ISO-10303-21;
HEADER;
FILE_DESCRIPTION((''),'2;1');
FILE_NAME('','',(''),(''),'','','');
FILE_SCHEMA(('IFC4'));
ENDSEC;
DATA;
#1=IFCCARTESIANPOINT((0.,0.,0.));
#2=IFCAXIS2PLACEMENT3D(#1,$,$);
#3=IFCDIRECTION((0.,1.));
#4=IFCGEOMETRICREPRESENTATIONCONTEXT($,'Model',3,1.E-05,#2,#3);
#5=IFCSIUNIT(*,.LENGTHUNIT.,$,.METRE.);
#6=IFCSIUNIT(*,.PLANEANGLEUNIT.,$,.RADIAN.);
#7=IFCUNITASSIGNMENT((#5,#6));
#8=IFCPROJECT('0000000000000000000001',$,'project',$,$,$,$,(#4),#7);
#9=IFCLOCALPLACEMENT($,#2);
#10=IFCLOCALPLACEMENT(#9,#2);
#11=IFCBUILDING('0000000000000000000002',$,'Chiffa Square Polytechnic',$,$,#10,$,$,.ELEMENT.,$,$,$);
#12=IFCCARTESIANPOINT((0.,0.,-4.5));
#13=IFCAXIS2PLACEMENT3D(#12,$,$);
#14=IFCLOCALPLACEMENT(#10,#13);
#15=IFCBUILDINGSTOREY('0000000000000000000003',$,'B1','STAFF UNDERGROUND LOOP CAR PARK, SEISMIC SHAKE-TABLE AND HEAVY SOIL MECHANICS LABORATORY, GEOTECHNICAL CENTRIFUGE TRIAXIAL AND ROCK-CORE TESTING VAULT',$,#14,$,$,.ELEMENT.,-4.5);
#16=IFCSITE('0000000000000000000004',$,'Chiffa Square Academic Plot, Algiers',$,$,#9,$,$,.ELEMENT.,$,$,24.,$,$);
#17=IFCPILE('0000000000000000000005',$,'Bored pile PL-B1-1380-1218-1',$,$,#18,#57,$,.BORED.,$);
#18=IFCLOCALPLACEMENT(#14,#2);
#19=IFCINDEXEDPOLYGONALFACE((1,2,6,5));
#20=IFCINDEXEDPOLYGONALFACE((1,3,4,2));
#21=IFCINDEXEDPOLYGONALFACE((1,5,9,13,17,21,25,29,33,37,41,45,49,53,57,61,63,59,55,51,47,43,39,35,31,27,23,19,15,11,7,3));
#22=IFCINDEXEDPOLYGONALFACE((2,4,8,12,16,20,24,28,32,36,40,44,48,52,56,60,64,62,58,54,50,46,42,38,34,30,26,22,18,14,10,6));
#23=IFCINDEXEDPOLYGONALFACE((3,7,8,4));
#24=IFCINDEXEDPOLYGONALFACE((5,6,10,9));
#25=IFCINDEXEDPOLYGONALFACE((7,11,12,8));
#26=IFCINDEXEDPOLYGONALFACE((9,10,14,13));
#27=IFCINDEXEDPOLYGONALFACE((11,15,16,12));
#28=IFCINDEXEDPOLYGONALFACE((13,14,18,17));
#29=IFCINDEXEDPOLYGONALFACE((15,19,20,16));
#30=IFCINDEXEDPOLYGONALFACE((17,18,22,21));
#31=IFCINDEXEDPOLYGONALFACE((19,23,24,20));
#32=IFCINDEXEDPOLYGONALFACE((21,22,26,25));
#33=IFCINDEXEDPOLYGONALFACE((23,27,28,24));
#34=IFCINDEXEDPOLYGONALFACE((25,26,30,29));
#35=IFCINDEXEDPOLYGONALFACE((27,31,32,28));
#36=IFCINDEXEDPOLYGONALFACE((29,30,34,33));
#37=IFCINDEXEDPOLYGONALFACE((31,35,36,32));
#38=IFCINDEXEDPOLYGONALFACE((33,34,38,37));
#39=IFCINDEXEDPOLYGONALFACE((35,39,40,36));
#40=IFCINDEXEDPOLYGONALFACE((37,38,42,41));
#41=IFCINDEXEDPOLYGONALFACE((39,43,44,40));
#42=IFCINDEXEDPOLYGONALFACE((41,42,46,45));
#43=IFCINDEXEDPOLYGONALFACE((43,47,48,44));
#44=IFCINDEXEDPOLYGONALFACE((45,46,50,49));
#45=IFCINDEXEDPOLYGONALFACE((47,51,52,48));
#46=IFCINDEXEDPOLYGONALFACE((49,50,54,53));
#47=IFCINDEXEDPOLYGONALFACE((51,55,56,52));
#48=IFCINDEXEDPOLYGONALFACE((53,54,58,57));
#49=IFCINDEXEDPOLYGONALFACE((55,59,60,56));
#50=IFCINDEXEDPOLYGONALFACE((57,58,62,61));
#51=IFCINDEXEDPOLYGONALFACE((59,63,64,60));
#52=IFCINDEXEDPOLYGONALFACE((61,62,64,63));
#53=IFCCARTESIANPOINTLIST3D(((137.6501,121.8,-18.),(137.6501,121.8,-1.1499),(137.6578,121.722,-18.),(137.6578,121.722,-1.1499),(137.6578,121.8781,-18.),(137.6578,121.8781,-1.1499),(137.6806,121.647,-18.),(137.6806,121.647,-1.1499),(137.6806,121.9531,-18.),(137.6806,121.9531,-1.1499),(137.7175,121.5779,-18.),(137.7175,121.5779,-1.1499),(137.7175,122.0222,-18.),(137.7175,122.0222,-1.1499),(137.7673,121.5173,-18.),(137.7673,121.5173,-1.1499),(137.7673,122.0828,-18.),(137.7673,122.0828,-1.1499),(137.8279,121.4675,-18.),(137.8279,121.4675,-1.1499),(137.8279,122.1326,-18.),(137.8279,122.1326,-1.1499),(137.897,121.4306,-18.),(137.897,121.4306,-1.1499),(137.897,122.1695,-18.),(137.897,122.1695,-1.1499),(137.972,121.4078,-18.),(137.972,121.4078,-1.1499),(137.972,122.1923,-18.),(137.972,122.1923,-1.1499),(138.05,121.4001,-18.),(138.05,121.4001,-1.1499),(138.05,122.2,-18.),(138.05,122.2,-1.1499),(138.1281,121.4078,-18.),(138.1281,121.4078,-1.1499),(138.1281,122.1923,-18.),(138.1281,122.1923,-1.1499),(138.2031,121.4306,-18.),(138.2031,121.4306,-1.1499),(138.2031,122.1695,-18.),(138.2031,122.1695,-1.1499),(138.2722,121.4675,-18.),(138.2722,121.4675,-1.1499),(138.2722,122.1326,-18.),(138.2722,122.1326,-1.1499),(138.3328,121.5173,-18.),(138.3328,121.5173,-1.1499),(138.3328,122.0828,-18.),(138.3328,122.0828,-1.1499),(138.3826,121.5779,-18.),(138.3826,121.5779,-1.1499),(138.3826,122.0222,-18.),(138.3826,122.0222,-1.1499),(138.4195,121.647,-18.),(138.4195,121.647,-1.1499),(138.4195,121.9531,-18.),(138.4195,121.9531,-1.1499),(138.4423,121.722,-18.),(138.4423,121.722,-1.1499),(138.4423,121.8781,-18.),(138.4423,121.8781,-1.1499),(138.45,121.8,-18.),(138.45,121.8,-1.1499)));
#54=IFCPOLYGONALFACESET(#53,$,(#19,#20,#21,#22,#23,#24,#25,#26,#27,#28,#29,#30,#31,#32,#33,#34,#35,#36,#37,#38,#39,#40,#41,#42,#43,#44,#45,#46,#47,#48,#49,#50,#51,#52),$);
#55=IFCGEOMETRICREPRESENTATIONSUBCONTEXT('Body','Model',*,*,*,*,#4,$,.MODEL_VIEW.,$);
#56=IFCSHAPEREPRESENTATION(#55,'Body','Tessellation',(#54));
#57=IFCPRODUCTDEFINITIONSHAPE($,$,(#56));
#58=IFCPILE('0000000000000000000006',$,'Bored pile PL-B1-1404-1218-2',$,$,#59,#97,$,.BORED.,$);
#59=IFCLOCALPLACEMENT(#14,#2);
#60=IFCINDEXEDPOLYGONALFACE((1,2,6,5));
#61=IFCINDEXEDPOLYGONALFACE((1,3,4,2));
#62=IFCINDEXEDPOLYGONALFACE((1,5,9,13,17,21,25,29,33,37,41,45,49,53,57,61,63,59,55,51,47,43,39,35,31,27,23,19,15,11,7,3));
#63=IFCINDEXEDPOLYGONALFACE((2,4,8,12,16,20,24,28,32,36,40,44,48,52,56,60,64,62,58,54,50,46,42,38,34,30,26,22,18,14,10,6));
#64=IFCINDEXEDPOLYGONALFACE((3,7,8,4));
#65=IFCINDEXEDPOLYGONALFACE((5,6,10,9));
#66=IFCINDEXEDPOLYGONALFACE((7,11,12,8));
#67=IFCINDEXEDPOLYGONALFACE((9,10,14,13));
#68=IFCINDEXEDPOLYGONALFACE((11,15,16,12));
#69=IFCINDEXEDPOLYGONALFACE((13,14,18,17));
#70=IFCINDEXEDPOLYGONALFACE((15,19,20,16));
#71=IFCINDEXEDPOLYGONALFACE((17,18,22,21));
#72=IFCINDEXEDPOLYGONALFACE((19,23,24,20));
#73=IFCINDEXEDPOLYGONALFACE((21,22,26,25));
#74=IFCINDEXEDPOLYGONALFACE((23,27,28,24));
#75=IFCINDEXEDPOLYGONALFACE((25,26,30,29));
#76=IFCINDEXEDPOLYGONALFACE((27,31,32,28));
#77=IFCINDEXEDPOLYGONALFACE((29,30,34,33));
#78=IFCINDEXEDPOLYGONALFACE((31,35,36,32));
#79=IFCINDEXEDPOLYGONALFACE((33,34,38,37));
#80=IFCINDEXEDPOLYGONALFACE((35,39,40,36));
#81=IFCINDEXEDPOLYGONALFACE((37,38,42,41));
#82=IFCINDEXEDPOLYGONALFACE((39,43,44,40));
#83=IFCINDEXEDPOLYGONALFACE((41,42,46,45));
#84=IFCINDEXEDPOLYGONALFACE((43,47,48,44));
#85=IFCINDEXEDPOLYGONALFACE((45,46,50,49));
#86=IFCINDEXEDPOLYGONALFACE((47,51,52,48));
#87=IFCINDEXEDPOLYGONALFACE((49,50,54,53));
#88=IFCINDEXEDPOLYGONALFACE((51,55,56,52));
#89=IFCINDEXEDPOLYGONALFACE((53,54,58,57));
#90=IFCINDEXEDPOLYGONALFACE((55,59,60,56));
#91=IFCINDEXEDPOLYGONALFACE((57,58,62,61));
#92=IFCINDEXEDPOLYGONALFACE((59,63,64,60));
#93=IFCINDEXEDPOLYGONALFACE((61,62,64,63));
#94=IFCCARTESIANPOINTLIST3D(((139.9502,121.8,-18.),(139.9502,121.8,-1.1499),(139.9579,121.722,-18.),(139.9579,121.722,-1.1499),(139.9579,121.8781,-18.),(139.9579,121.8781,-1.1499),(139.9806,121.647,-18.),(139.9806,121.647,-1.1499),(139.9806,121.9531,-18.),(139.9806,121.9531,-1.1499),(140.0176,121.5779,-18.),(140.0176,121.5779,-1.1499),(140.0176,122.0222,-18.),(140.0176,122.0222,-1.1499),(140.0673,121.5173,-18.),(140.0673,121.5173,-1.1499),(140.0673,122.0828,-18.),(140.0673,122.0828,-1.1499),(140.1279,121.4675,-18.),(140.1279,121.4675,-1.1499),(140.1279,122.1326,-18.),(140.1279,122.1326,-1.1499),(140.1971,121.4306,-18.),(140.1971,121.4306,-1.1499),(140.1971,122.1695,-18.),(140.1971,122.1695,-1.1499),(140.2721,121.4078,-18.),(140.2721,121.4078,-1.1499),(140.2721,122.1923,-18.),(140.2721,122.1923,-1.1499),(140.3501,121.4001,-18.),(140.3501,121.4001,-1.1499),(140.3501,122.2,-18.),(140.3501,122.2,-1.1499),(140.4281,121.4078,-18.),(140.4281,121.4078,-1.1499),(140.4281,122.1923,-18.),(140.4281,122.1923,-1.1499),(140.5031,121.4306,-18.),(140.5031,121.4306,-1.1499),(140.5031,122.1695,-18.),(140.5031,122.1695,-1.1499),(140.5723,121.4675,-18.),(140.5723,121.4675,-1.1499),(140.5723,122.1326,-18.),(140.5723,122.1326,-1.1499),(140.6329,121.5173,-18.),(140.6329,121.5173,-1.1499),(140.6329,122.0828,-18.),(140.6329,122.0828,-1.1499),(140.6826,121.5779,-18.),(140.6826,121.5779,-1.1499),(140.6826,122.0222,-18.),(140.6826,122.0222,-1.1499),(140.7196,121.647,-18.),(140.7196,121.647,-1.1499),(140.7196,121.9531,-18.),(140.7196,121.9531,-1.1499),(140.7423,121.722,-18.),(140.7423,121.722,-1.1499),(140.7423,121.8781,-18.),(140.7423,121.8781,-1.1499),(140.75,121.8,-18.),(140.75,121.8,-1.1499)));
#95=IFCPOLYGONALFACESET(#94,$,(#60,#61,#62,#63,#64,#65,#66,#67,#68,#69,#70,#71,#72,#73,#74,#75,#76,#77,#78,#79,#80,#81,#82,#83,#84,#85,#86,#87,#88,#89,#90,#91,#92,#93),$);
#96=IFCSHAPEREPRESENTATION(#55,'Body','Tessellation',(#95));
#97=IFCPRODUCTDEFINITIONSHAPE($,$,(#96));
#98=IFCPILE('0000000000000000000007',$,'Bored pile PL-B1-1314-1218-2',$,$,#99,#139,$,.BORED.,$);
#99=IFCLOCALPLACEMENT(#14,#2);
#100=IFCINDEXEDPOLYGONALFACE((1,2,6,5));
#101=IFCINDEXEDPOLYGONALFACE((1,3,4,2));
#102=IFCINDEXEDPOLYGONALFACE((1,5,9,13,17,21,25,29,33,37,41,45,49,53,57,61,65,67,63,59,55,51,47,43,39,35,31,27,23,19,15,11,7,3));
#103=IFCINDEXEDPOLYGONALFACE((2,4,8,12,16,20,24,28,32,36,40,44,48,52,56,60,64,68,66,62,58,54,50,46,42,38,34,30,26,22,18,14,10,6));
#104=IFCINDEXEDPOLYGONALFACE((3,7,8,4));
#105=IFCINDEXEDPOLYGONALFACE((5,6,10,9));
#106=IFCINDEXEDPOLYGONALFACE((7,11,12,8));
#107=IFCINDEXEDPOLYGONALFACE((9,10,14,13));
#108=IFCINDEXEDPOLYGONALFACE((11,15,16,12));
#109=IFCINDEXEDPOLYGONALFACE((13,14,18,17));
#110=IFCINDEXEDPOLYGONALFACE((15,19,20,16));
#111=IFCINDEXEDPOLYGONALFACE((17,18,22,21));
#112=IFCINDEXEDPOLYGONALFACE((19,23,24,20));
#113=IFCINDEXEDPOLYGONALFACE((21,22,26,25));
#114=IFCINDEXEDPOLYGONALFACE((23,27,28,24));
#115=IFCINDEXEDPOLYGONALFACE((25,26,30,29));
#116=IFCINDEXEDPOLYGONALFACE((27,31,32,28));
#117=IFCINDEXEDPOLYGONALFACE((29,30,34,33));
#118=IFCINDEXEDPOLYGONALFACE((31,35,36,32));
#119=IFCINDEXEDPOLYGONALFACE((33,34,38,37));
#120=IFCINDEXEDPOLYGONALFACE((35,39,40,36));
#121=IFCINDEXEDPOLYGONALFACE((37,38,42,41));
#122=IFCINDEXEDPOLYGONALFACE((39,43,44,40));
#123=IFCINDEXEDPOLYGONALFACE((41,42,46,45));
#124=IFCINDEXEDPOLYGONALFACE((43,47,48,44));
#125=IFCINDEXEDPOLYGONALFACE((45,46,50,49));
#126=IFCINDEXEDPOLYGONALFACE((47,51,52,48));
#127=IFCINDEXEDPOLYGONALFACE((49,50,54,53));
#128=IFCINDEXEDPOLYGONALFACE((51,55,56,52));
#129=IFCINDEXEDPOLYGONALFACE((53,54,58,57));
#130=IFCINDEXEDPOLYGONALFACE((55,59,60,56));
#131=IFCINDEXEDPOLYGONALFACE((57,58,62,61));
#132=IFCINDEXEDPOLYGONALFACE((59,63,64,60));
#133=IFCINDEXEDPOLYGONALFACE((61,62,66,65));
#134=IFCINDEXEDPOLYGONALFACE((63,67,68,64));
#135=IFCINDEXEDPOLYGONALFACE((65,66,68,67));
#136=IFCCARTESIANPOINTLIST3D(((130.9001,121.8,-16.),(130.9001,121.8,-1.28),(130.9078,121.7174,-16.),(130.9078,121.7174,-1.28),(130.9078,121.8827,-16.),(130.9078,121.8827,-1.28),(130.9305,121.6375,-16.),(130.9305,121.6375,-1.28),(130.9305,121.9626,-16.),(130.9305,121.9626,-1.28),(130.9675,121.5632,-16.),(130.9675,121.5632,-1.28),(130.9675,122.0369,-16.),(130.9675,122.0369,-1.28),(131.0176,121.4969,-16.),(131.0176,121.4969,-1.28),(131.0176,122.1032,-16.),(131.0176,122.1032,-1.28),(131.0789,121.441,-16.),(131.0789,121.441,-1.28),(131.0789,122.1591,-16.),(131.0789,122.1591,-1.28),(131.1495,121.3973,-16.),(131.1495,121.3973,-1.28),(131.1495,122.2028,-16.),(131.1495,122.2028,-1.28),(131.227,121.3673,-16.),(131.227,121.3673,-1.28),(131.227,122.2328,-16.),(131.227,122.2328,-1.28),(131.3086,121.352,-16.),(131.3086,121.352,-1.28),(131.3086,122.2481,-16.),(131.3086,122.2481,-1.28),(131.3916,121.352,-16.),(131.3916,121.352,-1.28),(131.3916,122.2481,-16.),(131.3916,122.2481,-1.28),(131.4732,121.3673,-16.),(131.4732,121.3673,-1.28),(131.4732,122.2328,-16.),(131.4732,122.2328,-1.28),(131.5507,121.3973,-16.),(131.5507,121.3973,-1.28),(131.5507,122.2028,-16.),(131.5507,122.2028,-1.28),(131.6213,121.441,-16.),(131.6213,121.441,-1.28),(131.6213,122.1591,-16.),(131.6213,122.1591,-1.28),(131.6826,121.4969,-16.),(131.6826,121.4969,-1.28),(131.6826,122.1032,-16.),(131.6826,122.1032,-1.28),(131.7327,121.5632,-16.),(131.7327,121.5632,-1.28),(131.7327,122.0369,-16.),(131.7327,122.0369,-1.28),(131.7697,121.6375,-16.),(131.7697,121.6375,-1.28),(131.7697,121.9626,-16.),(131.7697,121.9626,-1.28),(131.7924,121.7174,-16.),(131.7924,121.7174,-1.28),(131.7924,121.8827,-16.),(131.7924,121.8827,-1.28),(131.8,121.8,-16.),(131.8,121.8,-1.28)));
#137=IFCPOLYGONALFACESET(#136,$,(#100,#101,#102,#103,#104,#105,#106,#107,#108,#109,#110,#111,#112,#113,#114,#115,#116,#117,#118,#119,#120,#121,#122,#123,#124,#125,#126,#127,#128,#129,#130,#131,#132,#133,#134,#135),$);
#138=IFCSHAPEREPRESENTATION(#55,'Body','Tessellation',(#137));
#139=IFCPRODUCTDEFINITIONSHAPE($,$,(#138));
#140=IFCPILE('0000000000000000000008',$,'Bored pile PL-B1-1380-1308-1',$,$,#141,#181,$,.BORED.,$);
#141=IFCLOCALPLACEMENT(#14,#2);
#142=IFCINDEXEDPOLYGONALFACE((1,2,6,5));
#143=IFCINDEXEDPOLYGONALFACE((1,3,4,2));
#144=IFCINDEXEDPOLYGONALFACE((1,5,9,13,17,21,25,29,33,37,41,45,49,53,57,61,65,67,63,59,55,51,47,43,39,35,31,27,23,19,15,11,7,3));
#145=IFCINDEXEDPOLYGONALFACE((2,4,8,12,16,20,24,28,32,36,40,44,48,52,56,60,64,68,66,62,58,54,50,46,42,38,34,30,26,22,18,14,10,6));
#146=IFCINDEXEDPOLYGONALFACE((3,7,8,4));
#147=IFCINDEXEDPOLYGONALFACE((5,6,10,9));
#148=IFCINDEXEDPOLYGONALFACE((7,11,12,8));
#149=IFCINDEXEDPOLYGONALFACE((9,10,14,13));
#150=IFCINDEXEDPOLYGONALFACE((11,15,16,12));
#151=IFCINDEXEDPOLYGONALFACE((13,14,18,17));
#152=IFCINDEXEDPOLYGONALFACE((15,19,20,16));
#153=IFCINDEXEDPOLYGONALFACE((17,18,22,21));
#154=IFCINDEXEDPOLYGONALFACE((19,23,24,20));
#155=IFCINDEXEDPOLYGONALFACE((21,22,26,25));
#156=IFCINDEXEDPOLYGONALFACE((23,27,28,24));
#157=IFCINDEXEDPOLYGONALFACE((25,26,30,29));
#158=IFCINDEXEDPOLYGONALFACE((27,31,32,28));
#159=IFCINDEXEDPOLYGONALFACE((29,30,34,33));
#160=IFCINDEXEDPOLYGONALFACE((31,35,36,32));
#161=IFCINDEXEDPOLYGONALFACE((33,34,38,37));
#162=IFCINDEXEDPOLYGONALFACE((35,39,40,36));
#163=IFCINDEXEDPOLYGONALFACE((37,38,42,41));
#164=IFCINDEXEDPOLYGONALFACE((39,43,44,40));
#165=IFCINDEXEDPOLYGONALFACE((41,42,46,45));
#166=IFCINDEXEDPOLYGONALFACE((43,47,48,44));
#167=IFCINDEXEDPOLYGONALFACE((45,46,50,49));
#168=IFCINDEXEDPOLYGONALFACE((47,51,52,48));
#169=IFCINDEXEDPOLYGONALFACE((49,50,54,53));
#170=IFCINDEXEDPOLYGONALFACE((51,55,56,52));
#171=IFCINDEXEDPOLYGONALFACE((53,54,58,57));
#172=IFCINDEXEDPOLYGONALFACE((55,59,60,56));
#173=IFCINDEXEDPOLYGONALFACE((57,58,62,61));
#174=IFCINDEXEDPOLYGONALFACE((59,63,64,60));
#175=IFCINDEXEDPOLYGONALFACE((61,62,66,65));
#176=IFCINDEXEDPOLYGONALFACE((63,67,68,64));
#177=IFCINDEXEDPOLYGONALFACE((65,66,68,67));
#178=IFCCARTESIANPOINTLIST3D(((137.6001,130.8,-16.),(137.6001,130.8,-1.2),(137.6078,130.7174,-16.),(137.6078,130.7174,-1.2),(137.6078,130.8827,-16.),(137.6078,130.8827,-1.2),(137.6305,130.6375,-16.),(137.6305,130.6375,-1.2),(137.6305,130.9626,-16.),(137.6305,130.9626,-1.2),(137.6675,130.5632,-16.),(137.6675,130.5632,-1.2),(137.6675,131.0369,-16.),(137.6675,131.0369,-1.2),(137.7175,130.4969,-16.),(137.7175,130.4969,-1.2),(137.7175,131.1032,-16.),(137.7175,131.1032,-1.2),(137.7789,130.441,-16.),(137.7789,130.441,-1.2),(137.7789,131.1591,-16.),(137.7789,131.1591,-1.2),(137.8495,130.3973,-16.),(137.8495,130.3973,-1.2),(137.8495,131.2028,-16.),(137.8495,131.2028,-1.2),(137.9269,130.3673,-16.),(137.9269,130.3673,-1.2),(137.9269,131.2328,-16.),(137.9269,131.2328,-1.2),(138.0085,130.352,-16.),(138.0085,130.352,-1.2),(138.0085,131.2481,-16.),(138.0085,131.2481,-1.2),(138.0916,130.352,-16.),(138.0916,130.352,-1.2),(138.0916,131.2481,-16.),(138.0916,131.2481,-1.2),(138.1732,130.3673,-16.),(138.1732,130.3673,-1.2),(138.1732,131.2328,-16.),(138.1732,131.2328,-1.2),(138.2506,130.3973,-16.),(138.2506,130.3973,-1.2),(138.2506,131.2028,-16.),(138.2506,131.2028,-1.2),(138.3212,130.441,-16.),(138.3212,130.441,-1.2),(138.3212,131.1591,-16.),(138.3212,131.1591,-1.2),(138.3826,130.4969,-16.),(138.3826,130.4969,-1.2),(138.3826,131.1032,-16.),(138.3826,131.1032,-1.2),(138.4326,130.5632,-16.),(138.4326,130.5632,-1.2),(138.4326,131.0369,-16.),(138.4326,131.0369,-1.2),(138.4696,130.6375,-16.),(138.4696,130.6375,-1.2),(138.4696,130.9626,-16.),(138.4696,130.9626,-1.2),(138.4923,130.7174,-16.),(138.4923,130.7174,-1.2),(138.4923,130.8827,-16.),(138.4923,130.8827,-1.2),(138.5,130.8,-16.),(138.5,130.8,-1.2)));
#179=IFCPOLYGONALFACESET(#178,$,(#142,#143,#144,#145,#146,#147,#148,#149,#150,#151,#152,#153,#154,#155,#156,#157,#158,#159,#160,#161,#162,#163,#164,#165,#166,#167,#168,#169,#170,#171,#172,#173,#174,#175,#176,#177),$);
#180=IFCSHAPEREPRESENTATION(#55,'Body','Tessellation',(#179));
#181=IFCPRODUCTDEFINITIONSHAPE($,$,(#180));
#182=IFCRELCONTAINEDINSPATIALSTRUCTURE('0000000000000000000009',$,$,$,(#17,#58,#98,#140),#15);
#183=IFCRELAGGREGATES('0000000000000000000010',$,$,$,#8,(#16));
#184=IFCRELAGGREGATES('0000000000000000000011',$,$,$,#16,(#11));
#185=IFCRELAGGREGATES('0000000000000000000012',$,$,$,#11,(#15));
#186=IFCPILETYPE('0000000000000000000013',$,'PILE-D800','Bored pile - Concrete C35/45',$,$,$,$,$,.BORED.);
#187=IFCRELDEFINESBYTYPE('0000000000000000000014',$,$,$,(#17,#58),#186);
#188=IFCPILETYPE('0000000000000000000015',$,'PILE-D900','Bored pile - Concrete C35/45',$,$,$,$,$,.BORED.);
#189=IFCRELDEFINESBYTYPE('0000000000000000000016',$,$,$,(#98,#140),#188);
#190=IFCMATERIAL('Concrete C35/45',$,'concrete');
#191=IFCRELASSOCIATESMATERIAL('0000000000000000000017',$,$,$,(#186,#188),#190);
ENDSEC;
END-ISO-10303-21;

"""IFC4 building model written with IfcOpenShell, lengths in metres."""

from ifc_helpers import new_model, si_unit, direction, frame, origin, origin_2d, place, context, subcontext, project, spatial, circle, extrude, material, material_profile, profile_set, type_object, element, save


model = new_model("IFC4")

# Units and contexts
model_context = context("Model", 3, precision=1e-05, world=origin(), true_north=direction((0.0, 1.0)))
body_context = subcontext(model_context, "Body", "Model", "MODEL_VIEW")
ifc_project = project(units=[si_unit("LENGTHUNIT", "METRE"), si_unit("PLANEANGLEUNIT", "RADIAN")], contexts=[model_context])

# Site, building, storey
site_placement = place(None, origin())
site = spatial("IfcSite", under=ifc_project, at=site_placement, Name="Chiffa Square Academic Plot, Algiers", CompositionType="ELEMENT", RefElevation=24.0)
building_placement = place(site_placement, origin())
building = spatial("IfcBuilding", under=site, at=building_placement, Name="Chiffa Square Polytechnic", CompositionType="ELEMENT")
storey_placement = place(building_placement, frame((0.0, 0.0, -4.5)))
storey = spatial("IfcBuildingStorey", under=building, at=storey_placement, Name="B1", Description="STAFF UNDERGROUND LOOP CAR PARK, SEISMIC SHAKE-TABLE AND HEAVY SOIL MECHANICS LABORATORY, GEOTECHNICAL CENTRIFUGE TRIAXIAL AND ROCK-CORE TESTING VAULT", CompositionType="ELEMENT", Elevation=-4.5)

# Shared definitions
ifc_material_1 = material(Name="Concrete C35/45", Category="concrete")

# Piles
ifc_material_profile_1 = material_profile(ifc_material_1, circle(Radius=0.3999, at=origin_2d()), Name="PILE D800")
ifc_profile_set_1 = profile_set([ifc_material_profile_1], Name="Concrete C35/45")
pile_type_1 = type_object("IfcPileType", Name="PILE-D800", Description="Bored pile - Concrete C35/45", PredefinedType="BORED", material=ifc_profile_set_1)
for number, where, z_axis, x_axis, name in (
    (1, (138.05, 121.8, -1.1499), (0.0, 0.0, -1.0), (1.0, 0.0, 0.0), "Bored pile PL-B1-1380-1218-1"),
    (2, (140.3501, 121.8, -1.1499), (0.0, 0.0, -1.0), (1.0, 0.0, 0.0), "Bored pile PL-B1-1404-1218-2"),
):
    element("IfcPile", number, at=place(storey_placement, frame(where, z_axis=z_axis, x_axis=x_axis)), inside=storey, type_object=pile_type_1, Name=name, PredefinedType="BORED", context=body_context, shape_type="SweptSolid", body=[
        extrude(circle(Radius=0.3999, at=origin_2d()), origin(), (0.0, 0.0, 1.0), 16.8501),
    ])
ifc_material_profile_2 = material_profile(ifc_material_1, circle(Radius=0.45, at=origin_2d()), Name="PILE D900")
ifc_profile_set_2 = profile_set([ifc_material_profile_2], Name="Concrete C35/45")
pile_type_2 = type_object("IfcPileType", Name="PILE-D900", Description="Bored pile - Concrete C35/45", PredefinedType="BORED", material=ifc_profile_set_2)
pile_1_placement = place(storey_placement, frame((131.3501, 121.8, -1.28), z_axis=(0.0, 0.0, -1.0), x_axis=(1.0, 0.0, 0.0)))
element("IfcPile", 3, at=pile_1_placement, inside=storey, type_object=pile_type_2, Name="Bored pile PL-B1-1314-1218-2", PredefinedType="BORED", context=body_context, shape_type="SweptSolid", body=[
    extrude(circle(Radius=0.45, at=origin_2d()), origin(), (0.0, 0.0, 1.0), 14.72),
])
for number, where, z_axis, x_axis, name in (
    (4, (138.05, 130.8, -1.2), (0.0, 0.0, -1.0), (1.0, 0.0, 0.0), "Bored pile PL-B1-1380-1308-1"),
):
    element("IfcPile", number, at=place(storey_placement, frame(where, z_axis=z_axis, x_axis=x_axis)), inside=storey, type_object=pile_type_2, Name=name, PredefinedType="BORED", context=body_context, shape_type="SweptSolid", body=[
        extrude(circle(Radius=0.45, at=origin_2d()), origin(), (0.0, 0.0, 1.0), 14.8),
    ])

save(model, "model.ifc")
